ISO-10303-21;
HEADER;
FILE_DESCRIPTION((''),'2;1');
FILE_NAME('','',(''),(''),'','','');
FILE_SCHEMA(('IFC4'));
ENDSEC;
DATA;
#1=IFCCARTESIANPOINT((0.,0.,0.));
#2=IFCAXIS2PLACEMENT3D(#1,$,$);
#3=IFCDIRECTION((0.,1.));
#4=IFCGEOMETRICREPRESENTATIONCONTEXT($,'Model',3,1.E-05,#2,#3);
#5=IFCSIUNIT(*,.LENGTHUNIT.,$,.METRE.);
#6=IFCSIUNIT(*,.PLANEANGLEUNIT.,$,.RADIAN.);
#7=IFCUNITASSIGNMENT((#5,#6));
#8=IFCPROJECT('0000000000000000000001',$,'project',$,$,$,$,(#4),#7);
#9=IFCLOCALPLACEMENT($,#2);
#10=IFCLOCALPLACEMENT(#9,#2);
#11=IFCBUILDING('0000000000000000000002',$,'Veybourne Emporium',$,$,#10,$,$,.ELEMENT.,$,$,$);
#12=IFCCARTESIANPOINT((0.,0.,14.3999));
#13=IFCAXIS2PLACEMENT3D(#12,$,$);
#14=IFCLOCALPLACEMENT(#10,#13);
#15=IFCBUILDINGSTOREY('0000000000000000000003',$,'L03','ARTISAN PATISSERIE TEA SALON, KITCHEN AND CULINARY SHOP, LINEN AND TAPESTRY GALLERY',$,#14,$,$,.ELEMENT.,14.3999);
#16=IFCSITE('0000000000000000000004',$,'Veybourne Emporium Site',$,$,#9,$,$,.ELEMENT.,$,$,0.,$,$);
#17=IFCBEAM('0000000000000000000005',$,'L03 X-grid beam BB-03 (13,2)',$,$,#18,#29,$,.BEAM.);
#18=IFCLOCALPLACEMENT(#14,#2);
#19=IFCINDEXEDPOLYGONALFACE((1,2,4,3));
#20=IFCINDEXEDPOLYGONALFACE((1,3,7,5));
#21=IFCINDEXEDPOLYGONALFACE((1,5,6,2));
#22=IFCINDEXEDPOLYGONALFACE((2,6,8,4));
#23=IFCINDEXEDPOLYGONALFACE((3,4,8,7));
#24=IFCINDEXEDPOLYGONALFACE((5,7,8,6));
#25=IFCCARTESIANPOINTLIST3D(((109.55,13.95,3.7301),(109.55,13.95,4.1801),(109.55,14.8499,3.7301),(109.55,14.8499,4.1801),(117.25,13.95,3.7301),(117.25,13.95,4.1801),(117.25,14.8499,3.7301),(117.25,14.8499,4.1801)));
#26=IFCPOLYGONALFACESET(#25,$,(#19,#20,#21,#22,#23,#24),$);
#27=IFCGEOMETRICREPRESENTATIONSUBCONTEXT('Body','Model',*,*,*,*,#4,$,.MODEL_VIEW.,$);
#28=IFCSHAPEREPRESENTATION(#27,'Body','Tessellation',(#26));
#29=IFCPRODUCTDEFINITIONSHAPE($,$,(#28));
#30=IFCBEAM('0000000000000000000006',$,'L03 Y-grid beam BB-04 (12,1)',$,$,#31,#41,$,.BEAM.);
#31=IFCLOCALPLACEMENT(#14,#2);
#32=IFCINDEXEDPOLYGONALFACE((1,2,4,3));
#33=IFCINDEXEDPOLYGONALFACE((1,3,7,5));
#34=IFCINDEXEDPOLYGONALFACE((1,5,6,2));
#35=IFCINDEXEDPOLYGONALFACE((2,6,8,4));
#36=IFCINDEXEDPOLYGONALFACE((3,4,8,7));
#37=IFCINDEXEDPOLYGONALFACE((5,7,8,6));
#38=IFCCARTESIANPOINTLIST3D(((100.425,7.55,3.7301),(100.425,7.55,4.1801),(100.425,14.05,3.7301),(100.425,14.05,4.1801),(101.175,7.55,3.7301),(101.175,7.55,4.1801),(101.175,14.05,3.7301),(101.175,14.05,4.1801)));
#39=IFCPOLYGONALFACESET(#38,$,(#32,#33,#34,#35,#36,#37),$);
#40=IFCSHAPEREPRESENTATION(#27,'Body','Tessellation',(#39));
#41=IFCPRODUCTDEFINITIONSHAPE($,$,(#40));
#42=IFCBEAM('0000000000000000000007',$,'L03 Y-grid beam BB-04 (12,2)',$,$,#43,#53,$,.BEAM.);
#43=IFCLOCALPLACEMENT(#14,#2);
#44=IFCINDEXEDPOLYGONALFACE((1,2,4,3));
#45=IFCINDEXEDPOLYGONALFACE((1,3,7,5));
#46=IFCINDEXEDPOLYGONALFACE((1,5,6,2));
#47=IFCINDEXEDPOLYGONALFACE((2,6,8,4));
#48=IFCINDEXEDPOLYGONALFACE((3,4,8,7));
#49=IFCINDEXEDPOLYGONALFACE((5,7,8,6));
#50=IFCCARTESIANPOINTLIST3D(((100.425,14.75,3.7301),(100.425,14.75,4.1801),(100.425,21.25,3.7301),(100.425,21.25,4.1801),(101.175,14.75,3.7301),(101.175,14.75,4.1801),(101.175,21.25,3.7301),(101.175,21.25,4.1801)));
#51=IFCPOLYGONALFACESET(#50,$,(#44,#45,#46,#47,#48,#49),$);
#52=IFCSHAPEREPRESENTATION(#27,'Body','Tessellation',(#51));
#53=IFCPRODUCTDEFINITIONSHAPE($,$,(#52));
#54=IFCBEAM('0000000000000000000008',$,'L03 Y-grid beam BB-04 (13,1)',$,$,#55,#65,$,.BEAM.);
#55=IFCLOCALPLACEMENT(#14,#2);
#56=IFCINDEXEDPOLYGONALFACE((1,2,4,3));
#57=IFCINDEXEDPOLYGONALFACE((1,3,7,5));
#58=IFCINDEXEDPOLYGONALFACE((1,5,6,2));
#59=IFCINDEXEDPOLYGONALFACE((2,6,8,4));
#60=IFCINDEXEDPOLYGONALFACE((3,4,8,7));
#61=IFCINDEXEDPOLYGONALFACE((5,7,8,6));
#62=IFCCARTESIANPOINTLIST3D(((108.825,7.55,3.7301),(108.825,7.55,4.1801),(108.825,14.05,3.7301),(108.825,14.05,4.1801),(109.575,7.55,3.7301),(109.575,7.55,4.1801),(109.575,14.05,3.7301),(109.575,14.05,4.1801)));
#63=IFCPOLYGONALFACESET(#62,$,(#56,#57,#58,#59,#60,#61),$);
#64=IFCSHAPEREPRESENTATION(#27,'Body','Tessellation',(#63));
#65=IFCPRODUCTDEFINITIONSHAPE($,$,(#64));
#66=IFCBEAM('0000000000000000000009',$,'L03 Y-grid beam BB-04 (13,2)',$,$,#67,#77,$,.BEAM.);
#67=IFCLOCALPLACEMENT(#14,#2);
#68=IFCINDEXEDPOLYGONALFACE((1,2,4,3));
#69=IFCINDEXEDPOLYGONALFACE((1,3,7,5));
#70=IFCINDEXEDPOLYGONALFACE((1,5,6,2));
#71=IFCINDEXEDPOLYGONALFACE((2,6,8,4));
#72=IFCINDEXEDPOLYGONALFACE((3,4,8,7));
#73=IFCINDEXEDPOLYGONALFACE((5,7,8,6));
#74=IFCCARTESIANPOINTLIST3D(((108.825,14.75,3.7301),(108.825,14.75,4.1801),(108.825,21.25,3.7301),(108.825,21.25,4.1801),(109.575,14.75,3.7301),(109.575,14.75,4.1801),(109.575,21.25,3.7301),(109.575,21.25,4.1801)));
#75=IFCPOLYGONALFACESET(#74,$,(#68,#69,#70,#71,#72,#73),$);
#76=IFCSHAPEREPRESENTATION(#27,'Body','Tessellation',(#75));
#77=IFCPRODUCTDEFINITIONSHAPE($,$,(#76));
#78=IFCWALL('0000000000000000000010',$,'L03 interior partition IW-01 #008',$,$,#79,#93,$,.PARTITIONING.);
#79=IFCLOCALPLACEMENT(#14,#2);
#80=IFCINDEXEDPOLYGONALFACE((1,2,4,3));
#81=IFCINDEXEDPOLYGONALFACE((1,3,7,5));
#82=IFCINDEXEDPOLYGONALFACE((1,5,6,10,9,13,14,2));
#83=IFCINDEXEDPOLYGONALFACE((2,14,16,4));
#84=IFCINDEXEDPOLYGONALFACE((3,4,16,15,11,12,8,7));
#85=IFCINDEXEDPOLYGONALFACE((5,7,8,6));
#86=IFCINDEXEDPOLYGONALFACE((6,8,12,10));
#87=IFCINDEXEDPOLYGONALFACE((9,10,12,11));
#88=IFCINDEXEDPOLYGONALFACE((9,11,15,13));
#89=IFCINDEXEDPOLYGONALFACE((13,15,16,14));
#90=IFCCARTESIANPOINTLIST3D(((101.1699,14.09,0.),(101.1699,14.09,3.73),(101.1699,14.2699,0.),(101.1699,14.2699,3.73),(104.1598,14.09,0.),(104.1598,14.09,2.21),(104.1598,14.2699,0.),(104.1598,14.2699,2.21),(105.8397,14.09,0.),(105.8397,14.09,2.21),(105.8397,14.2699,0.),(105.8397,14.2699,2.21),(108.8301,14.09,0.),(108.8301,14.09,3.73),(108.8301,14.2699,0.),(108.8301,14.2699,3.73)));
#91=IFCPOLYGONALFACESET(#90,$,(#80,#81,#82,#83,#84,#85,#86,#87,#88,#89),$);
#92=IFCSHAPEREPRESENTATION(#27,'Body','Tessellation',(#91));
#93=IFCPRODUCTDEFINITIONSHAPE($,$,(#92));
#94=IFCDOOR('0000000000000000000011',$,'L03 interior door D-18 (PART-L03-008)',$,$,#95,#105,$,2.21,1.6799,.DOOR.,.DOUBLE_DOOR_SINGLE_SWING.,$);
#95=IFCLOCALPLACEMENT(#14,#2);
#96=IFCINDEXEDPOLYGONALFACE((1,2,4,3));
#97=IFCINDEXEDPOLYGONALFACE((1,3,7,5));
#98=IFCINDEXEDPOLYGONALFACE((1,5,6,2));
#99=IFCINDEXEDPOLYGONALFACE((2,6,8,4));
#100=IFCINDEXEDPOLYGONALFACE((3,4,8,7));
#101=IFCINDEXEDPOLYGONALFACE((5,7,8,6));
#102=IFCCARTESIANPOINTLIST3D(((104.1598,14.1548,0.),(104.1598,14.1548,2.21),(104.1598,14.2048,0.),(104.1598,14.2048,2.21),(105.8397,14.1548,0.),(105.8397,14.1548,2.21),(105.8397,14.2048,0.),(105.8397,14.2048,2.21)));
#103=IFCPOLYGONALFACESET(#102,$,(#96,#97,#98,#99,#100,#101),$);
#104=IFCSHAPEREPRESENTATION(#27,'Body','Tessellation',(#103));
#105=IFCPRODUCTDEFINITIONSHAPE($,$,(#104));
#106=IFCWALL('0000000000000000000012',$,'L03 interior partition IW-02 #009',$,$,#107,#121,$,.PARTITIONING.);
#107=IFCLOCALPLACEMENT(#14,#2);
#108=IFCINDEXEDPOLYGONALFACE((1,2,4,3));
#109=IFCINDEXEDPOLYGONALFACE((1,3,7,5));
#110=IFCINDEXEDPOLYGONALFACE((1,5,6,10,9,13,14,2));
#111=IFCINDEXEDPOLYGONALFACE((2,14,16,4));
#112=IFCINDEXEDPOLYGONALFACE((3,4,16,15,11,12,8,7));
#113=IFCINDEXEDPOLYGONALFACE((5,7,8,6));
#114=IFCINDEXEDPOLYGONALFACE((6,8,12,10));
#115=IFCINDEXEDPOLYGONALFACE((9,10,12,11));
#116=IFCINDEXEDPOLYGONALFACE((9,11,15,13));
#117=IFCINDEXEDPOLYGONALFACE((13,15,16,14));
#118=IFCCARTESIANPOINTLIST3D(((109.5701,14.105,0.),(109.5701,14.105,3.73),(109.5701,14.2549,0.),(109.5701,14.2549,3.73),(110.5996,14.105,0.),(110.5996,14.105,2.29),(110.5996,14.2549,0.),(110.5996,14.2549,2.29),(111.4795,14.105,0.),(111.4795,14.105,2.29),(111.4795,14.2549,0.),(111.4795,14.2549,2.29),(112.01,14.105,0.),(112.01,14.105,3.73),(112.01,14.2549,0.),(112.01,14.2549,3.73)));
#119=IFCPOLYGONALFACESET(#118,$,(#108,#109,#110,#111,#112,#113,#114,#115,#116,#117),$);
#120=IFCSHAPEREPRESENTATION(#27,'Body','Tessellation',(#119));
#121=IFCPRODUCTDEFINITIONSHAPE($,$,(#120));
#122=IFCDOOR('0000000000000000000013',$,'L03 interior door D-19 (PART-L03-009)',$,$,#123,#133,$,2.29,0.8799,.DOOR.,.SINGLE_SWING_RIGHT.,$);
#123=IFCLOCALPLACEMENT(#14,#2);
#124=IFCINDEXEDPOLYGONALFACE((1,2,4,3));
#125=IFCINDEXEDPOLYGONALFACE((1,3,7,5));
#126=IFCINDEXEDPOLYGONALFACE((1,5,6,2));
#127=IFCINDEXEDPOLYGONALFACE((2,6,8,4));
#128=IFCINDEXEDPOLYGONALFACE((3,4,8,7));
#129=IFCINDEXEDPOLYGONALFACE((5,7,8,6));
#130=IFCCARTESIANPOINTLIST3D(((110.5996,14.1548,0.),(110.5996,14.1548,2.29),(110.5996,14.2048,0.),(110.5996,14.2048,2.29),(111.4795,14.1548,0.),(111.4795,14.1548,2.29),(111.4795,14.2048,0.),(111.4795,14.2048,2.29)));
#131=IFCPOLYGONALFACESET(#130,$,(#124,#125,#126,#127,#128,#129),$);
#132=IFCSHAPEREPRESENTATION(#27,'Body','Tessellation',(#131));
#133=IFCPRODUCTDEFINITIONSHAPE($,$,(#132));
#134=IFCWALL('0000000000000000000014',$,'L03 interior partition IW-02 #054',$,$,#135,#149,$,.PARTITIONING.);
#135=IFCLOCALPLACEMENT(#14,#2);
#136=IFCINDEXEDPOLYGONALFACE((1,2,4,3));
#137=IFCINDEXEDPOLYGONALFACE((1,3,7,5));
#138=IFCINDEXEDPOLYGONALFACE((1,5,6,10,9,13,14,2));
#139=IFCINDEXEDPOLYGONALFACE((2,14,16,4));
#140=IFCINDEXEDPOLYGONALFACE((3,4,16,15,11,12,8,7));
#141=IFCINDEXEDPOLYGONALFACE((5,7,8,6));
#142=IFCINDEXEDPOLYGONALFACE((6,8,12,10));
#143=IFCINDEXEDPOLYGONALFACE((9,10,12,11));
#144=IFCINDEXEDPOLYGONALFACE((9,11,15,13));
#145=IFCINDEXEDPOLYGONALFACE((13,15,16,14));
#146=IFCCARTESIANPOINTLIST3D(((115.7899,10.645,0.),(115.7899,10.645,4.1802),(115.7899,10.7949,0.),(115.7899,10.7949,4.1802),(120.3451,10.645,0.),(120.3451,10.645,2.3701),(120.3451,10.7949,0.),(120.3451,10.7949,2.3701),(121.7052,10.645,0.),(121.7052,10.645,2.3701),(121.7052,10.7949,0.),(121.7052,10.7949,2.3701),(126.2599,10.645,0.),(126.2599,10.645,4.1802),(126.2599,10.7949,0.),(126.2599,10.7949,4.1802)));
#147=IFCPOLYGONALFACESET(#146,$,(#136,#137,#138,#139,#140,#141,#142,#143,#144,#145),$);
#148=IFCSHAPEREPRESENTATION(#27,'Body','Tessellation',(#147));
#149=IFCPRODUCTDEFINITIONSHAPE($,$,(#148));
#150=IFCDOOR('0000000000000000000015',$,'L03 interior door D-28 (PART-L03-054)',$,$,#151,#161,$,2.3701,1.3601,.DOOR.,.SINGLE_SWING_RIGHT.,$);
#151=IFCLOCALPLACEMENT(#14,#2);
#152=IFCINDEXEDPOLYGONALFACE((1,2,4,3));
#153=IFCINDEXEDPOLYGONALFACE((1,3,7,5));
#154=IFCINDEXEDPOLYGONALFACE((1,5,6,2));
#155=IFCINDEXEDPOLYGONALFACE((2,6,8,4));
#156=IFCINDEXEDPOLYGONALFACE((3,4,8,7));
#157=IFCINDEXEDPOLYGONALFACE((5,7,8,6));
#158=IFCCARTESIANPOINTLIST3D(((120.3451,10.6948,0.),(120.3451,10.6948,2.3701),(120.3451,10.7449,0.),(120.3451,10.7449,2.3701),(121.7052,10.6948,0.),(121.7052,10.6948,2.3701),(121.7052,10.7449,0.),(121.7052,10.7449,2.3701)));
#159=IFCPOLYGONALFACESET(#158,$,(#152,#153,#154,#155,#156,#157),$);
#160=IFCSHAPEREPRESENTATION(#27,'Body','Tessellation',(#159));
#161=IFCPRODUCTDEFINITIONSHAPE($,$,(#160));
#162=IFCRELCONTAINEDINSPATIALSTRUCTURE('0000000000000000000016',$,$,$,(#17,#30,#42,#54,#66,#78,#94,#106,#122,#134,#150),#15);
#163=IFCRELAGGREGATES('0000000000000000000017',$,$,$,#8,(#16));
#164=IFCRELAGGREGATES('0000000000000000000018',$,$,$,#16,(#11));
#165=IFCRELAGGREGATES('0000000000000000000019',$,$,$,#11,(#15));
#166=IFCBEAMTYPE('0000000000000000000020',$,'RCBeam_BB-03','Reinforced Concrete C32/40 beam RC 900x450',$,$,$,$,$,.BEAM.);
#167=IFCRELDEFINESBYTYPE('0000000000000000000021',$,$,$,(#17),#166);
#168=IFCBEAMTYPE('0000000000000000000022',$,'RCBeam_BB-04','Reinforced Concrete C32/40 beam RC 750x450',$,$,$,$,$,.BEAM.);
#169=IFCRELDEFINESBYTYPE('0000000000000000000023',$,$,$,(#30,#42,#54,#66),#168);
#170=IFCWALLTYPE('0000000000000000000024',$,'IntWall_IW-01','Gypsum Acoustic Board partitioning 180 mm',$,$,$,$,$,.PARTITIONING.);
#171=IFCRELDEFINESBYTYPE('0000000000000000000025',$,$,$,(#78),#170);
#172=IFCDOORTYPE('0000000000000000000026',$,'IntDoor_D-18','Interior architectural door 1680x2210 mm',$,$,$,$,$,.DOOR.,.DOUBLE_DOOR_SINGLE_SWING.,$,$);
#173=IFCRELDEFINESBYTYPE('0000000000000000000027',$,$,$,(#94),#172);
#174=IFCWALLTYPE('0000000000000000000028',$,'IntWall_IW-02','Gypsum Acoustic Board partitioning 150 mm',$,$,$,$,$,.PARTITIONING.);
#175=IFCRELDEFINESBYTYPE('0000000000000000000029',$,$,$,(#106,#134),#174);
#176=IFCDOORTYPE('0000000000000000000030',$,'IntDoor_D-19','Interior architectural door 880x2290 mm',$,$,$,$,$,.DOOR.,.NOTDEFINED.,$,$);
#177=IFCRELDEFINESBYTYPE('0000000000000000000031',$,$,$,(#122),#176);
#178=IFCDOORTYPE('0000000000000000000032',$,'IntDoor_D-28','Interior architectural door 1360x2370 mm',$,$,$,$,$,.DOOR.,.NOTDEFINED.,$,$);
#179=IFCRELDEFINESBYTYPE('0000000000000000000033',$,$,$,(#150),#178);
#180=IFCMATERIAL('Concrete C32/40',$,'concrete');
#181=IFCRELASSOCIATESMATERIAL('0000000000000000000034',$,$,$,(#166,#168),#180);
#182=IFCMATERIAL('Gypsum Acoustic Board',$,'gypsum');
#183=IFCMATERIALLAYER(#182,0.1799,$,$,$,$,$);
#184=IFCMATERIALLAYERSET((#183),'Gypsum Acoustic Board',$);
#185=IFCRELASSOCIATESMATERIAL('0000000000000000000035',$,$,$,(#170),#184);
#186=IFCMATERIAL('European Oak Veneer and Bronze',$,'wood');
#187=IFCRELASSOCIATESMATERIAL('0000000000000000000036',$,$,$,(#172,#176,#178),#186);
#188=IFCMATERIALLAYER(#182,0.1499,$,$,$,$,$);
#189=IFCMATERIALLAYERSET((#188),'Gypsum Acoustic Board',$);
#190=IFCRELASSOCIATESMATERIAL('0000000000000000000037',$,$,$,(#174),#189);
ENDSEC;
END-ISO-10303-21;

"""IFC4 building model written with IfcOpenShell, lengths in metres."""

from ifc_helpers import new_model, si_unit, direction, frame, frame_2d, origin, origin_2d, place, context, subcontext, project, spatial, rectangle, extrude, material, layer, layer_set, material_profile, profile_set, type_object, element, fill, save


model = new_model("IFC4")

# Units and contexts
model_context = context("Model", 3, precision=1e-05, world=origin(), true_north=direction((0.0, 1.0)))
body_context = subcontext(model_context, "Body", "Model", "MODEL_VIEW")
ifc_project = project(units=[si_unit("LENGTHUNIT", "METRE"), si_unit("PLANEANGLEUNIT", "RADIAN")], contexts=[model_context])

# Site, building, storey
site_placement = place(None, origin())
site = spatial("IfcSite", under=ifc_project, at=site_placement, Name="Veybourne Emporium Site", CompositionType="ELEMENT", RefElevation=0.0)
building_placement = place(site_placement, origin())
building = spatial("IfcBuilding", under=site, at=building_placement, Name="Veybourne Emporium", CompositionType="ELEMENT")
storey_placement = place(building_placement, frame((0.0, 0.0, 14.3999)))
storey = spatial("IfcBuildingStorey", under=building, at=storey_placement, Name="L03", Description="ARTISAN PATISSERIE TEA SALON, KITCHEN AND CULINARY SHOP, LINEN AND TAPESTRY GALLERY", CompositionType="ELEMENT", Elevation=14.3999)

# Beams
ifc_material_1 = material(Name="Concrete C32/40", Category="concrete")
ifc_material_profile_1 = material_profile(ifc_material_1, rectangle(XDim=0.8999, YDim=0.45, at=origin_2d()), Name="RC 900x450")
ifc_profile_set_1 = profile_set([ifc_material_profile_1], Name="Concrete C32/40")
beam_type_1 = type_object("IfcBeamType", Name="RCBeam_BB-03", Description="Reinforced Concrete C32/40 beam RC 900x450", PredefinedType="BEAM", material=ifc_profile_set_1)
for number, where, z_axis, x_axis, name in (
    (1, (109.55, 14.3999, 3.9551), (1.0, 0.0, 0.0), (0.0, 1.0, 0.0), "L03 X-grid beam BB-03 (13,2)"),
):
    element("IfcBeam", number, at=place(storey_placement, frame(where, z_axis=z_axis, x_axis=x_axis)), inside=storey, type_object=beam_type_1, Name=name, PredefinedType="BEAM", context=body_context, shape_type="SweptSolid", body=[
        extrude(rectangle(XDim=0.8999, YDim=0.45, at=origin_2d()), origin(), (0.0, 0.0, 1.0), 7.7),
    ])
ifc_material_profile_2 = material_profile(ifc_material_1, rectangle(XDim=0.75, YDim=0.45, at=origin_2d()), Name="RC 750x450")
ifc_profile_set_2 = profile_set([ifc_material_profile_2], Name="Concrete C32/40")
beam_type_2 = type_object("IfcBeamType", Name="RCBeam_BB-04", Description="Reinforced Concrete C32/40 beam RC 750x450", PredefinedType="BEAM", material=ifc_profile_set_2)
for number, where, z_axis, x_axis, name in (
    (2, (100.8, 7.55, 3.9551), (0.0, 1.0, 0.0), (-1.0, 0.0, 0.0), "L03 Y-grid beam BB-04 (12,1)"),
    (3, (100.8, 14.75, 3.9551), (0.0, 1.0, 0.0), (-1.0, 0.0, 0.0), "L03 Y-grid beam BB-04 (12,2)"),
    (4, (109.2, 7.55, 3.9551), (0.0, 1.0, 0.0), (-1.0, 0.0, 0.0), "L03 Y-grid beam BB-04 (13,1)"),
    (5, (109.2, 14.75, 3.9551), (0.0, 1.0, 0.0), (-1.0, 0.0, 0.0), "L03 Y-grid beam BB-04 (13,2)"),
):
    element("IfcBeam", number, at=place(storey_placement, frame(where, z_axis=z_axis, x_axis=x_axis)), inside=storey, type_object=beam_type_2, Name=name, PredefinedType="BEAM", context=body_context, shape_type="SweptSolid", body=[
        extrude(rectangle(XDim=0.75, YDim=0.45, at=origin_2d()), origin(), (0.0, 0.0, 1.0), 6.5),
    ])

# Walls, openings, doors
ifc_material_2 = material(Name="Gypsum Acoustic Board", Category="gypsum")
ifc_layer_1 = layer(ifc_material_2, 0.1799)
ifc_layer_set_1 = layer_set([ifc_layer_1], Name="Gypsum Acoustic Board")
wall_type_1 = type_object("IfcWallType", Name="IntWall_IW-01", Description="Gypsum Acoustic Board partitioning 180 mm", PredefinedType="PARTITIONING", material=ifc_layer_set_1)
wall_1_placement = place(storey_placement, frame((101.1699, 14.1799, 0.0), z_axis=(0.0, 0.0, 1.0), x_axis=(1.0, 0.0, 0.0)))
wall_1 = element("IfcWall", 6, at=wall_1_placement, inside=storey, type_object=wall_type_1, Name="L03 interior partition IW-01 #008", PredefinedType="PARTITIONING", context=body_context, shape_type="SweptSolid", body=[
    extrude(rectangle(XDim=7.6602, YDim=0.1799, at=frame_2d((3.8301, 0.0))), origin(), (0.0, 0.0, 1.0), 3.73),
])
opening_1_placement = place(wall_1_placement, frame((2.99, 0.0, 0.0)))
opening_1 = element("IfcOpeningElement", 7, at=opening_1_placement, cuts=wall_1, PredefinedType="OPENING", context=body_context, shape_type="SweptSolid", body=[
    extrude(rectangle(XDim=1.6799, YDim=2.21, at=frame_2d((0.8398, 1.105))), frame((0.0, 0.1099, 0.0), z_axis=(0.0, -1.0, 0.0), x_axis=(1.0, 0.0, 0.0)), (0.0, 0.0, 1.0), 0.22),
])
ifc_material_3 = material(Name="European Oak Veneer and Bronze", Category="wood")
door_type_1 = type_object("IfcDoorType", Name="IntDoor_D-18", Description="Interior architectural door 1680x2210 mm", OperationType="DOUBLE_DOOR_SINGLE_SWING", PredefinedType="DOOR", material=ifc_material_3)
door_1_placement = place(opening_1_placement, origin())
door_1 = element("IfcDoor", 8, at=door_1_placement, inside=storey, type_object=door_type_1, Name="L03 interior door D-18 (PART-L03-008)", OperationType="DOUBLE_DOOR_SINGLE_SWING", OverallHeight=2.21, OverallWidth=1.6799, PredefinedType="DOOR", context=body_context, shape_type="SweptSolid", body=[
    extrude(rectangle(XDim=1.6799, YDim=2.21, at=frame_2d((0.8398, 1.105))), frame((0.0, 0.0249, 0.0), z_axis=(0.0, -1.0, 0.0), x_axis=(1.0, 0.0, 0.0)), (0.0, 0.0, 1.0), 0.05),
])
fill(opening_1, door_1)
ifc_layer_2 = layer(ifc_material_2, 0.1499)
ifc_layer_set_2 = layer_set([ifc_layer_2], Name="Gypsum Acoustic Board")
wall_type_2 = type_object("IfcWallType", Name="IntWall_IW-02", Description="Gypsum Acoustic Board partitioning 150 mm", PredefinedType="PARTITIONING", material=ifc_layer_set_2)
wall_2_placement = place(storey_placement, frame((109.5701, 14.1799, 0.0), z_axis=(0.0, 0.0, 1.0), x_axis=(1.0, 0.0, 0.0)))
wall_2 = element("IfcWall", 9, at=wall_2_placement, inside=storey, type_object=wall_type_2, Name="L03 interior partition IW-02 #009", PredefinedType="PARTITIONING", context=body_context, shape_type="SweptSolid", body=[
    extrude(rectangle(XDim=2.4399, YDim=0.1499, at=frame_2d((1.22, 0.0))), origin(), (0.0, 0.0, 1.0), 3.73),
])
opening_2_placement = place(wall_2_placement, frame((1.0295, 0.0, 0.0)))
opening_2 = element("IfcOpeningElement", 10, at=opening_2_placement, cuts=wall_2, PredefinedType="OPENING", context=body_context, shape_type="SweptSolid", body=[
    extrude(rectangle(XDim=0.8799, YDim=2.29, at=frame_2d((0.4399, 1.145))), frame((0.0, 0.095, 0.0), z_axis=(0.0, -1.0, 0.0), x_axis=(1.0, 0.0, 0.0)), (0.0, 0.0, 1.0), 0.1899),
])
door_type_2 = type_object("IfcDoorType", Name="IntDoor_D-19", Description="Interior architectural door 880x2290 mm", OperationType="NOTDEFINED", PredefinedType="DOOR", material=ifc_material_3)
door_2_placement = place(opening_2_placement, origin())
door_2 = element("IfcDoor", 11, at=door_2_placement, inside=storey, type_object=door_type_2, Name="L03 interior door D-19 (PART-L03-009)", OperationType="SINGLE_SWING_RIGHT", OverallHeight=2.29, OverallWidth=0.8799, PredefinedType="DOOR", context=body_context, shape_type="SweptSolid", body=[
    extrude(rectangle(XDim=0.8799, YDim=2.29, at=frame_2d((0.4399, 1.145))), frame((0.0, 0.0249, 0.0), z_axis=(0.0, -1.0, 0.0), x_axis=(1.0, 0.0, 0.0)), (0.0, 0.0, 1.0), 0.05),
])
fill(opening_2, door_2)
wall_3_placement = place(storey_placement, frame((115.79, 10.72, 0.0), z_axis=(0.0, 0.0, 1.0), x_axis=(1.0, 0.0, 0.0)))
wall_3 = element("IfcWall", 12, at=wall_3_placement, inside=storey, type_object=wall_type_2, Name="L03 interior partition IW-02 #054", PredefinedType="PARTITIONING", context=body_context, shape_type="SweptSolid", body=[
    extrude(rectangle(XDim=10.47, YDim=0.1499, at=frame_2d((5.2349, 0.0))), origin(), (0.0, 0.0, 1.0), 4.1802),
])
opening_3_placement = place(wall_3_placement, frame((4.5549, 0.0, 0.0)))
opening_3 = element("IfcOpeningElement", 13, at=opening_3_placement, cuts=wall_3, PredefinedType="OPENING", context=body_context, shape_type="SweptSolid", body=[
    extrude(rectangle(XDim=1.3601, YDim=2.3701, at=frame_2d((0.6802, 1.1851))), frame((0.0, 0.095, 0.0), z_axis=(0.0, -1.0, 0.0), x_axis=(1.0, 0.0, 0.0)), (0.0, 0.0, 1.0), 0.1899),
])
door_type_3 = type_object("IfcDoorType", Name="IntDoor_D-28", Description="Interior architectural door 1360x2370 mm", OperationType="NOTDEFINED", PredefinedType="DOOR", material=ifc_material_3)
door_3_placement = place(opening_3_placement, origin())
door_3 = element("IfcDoor", 14, at=door_3_placement, inside=storey, type_object=door_type_3, Name="L03 interior door D-28 (PART-L03-054)", OperationType="SINGLE_SWING_RIGHT", OverallHeight=2.3701, OverallWidth=1.3601, PredefinedType="DOOR", context=body_context, shape_type="SweptSolid", body=[
    extrude(rectangle(XDim=1.3601, YDim=2.3701, at=frame_2d((0.6802, 1.1851))), frame((0.0, 0.0249, 0.0), z_axis=(0.0, -1.0, 0.0), x_axis=(1.0, 0.0, 0.0)), (0.0, 0.0, 1.0), 0.05),
])
fill(opening_3, door_3)

save(model, "model.ifc")
